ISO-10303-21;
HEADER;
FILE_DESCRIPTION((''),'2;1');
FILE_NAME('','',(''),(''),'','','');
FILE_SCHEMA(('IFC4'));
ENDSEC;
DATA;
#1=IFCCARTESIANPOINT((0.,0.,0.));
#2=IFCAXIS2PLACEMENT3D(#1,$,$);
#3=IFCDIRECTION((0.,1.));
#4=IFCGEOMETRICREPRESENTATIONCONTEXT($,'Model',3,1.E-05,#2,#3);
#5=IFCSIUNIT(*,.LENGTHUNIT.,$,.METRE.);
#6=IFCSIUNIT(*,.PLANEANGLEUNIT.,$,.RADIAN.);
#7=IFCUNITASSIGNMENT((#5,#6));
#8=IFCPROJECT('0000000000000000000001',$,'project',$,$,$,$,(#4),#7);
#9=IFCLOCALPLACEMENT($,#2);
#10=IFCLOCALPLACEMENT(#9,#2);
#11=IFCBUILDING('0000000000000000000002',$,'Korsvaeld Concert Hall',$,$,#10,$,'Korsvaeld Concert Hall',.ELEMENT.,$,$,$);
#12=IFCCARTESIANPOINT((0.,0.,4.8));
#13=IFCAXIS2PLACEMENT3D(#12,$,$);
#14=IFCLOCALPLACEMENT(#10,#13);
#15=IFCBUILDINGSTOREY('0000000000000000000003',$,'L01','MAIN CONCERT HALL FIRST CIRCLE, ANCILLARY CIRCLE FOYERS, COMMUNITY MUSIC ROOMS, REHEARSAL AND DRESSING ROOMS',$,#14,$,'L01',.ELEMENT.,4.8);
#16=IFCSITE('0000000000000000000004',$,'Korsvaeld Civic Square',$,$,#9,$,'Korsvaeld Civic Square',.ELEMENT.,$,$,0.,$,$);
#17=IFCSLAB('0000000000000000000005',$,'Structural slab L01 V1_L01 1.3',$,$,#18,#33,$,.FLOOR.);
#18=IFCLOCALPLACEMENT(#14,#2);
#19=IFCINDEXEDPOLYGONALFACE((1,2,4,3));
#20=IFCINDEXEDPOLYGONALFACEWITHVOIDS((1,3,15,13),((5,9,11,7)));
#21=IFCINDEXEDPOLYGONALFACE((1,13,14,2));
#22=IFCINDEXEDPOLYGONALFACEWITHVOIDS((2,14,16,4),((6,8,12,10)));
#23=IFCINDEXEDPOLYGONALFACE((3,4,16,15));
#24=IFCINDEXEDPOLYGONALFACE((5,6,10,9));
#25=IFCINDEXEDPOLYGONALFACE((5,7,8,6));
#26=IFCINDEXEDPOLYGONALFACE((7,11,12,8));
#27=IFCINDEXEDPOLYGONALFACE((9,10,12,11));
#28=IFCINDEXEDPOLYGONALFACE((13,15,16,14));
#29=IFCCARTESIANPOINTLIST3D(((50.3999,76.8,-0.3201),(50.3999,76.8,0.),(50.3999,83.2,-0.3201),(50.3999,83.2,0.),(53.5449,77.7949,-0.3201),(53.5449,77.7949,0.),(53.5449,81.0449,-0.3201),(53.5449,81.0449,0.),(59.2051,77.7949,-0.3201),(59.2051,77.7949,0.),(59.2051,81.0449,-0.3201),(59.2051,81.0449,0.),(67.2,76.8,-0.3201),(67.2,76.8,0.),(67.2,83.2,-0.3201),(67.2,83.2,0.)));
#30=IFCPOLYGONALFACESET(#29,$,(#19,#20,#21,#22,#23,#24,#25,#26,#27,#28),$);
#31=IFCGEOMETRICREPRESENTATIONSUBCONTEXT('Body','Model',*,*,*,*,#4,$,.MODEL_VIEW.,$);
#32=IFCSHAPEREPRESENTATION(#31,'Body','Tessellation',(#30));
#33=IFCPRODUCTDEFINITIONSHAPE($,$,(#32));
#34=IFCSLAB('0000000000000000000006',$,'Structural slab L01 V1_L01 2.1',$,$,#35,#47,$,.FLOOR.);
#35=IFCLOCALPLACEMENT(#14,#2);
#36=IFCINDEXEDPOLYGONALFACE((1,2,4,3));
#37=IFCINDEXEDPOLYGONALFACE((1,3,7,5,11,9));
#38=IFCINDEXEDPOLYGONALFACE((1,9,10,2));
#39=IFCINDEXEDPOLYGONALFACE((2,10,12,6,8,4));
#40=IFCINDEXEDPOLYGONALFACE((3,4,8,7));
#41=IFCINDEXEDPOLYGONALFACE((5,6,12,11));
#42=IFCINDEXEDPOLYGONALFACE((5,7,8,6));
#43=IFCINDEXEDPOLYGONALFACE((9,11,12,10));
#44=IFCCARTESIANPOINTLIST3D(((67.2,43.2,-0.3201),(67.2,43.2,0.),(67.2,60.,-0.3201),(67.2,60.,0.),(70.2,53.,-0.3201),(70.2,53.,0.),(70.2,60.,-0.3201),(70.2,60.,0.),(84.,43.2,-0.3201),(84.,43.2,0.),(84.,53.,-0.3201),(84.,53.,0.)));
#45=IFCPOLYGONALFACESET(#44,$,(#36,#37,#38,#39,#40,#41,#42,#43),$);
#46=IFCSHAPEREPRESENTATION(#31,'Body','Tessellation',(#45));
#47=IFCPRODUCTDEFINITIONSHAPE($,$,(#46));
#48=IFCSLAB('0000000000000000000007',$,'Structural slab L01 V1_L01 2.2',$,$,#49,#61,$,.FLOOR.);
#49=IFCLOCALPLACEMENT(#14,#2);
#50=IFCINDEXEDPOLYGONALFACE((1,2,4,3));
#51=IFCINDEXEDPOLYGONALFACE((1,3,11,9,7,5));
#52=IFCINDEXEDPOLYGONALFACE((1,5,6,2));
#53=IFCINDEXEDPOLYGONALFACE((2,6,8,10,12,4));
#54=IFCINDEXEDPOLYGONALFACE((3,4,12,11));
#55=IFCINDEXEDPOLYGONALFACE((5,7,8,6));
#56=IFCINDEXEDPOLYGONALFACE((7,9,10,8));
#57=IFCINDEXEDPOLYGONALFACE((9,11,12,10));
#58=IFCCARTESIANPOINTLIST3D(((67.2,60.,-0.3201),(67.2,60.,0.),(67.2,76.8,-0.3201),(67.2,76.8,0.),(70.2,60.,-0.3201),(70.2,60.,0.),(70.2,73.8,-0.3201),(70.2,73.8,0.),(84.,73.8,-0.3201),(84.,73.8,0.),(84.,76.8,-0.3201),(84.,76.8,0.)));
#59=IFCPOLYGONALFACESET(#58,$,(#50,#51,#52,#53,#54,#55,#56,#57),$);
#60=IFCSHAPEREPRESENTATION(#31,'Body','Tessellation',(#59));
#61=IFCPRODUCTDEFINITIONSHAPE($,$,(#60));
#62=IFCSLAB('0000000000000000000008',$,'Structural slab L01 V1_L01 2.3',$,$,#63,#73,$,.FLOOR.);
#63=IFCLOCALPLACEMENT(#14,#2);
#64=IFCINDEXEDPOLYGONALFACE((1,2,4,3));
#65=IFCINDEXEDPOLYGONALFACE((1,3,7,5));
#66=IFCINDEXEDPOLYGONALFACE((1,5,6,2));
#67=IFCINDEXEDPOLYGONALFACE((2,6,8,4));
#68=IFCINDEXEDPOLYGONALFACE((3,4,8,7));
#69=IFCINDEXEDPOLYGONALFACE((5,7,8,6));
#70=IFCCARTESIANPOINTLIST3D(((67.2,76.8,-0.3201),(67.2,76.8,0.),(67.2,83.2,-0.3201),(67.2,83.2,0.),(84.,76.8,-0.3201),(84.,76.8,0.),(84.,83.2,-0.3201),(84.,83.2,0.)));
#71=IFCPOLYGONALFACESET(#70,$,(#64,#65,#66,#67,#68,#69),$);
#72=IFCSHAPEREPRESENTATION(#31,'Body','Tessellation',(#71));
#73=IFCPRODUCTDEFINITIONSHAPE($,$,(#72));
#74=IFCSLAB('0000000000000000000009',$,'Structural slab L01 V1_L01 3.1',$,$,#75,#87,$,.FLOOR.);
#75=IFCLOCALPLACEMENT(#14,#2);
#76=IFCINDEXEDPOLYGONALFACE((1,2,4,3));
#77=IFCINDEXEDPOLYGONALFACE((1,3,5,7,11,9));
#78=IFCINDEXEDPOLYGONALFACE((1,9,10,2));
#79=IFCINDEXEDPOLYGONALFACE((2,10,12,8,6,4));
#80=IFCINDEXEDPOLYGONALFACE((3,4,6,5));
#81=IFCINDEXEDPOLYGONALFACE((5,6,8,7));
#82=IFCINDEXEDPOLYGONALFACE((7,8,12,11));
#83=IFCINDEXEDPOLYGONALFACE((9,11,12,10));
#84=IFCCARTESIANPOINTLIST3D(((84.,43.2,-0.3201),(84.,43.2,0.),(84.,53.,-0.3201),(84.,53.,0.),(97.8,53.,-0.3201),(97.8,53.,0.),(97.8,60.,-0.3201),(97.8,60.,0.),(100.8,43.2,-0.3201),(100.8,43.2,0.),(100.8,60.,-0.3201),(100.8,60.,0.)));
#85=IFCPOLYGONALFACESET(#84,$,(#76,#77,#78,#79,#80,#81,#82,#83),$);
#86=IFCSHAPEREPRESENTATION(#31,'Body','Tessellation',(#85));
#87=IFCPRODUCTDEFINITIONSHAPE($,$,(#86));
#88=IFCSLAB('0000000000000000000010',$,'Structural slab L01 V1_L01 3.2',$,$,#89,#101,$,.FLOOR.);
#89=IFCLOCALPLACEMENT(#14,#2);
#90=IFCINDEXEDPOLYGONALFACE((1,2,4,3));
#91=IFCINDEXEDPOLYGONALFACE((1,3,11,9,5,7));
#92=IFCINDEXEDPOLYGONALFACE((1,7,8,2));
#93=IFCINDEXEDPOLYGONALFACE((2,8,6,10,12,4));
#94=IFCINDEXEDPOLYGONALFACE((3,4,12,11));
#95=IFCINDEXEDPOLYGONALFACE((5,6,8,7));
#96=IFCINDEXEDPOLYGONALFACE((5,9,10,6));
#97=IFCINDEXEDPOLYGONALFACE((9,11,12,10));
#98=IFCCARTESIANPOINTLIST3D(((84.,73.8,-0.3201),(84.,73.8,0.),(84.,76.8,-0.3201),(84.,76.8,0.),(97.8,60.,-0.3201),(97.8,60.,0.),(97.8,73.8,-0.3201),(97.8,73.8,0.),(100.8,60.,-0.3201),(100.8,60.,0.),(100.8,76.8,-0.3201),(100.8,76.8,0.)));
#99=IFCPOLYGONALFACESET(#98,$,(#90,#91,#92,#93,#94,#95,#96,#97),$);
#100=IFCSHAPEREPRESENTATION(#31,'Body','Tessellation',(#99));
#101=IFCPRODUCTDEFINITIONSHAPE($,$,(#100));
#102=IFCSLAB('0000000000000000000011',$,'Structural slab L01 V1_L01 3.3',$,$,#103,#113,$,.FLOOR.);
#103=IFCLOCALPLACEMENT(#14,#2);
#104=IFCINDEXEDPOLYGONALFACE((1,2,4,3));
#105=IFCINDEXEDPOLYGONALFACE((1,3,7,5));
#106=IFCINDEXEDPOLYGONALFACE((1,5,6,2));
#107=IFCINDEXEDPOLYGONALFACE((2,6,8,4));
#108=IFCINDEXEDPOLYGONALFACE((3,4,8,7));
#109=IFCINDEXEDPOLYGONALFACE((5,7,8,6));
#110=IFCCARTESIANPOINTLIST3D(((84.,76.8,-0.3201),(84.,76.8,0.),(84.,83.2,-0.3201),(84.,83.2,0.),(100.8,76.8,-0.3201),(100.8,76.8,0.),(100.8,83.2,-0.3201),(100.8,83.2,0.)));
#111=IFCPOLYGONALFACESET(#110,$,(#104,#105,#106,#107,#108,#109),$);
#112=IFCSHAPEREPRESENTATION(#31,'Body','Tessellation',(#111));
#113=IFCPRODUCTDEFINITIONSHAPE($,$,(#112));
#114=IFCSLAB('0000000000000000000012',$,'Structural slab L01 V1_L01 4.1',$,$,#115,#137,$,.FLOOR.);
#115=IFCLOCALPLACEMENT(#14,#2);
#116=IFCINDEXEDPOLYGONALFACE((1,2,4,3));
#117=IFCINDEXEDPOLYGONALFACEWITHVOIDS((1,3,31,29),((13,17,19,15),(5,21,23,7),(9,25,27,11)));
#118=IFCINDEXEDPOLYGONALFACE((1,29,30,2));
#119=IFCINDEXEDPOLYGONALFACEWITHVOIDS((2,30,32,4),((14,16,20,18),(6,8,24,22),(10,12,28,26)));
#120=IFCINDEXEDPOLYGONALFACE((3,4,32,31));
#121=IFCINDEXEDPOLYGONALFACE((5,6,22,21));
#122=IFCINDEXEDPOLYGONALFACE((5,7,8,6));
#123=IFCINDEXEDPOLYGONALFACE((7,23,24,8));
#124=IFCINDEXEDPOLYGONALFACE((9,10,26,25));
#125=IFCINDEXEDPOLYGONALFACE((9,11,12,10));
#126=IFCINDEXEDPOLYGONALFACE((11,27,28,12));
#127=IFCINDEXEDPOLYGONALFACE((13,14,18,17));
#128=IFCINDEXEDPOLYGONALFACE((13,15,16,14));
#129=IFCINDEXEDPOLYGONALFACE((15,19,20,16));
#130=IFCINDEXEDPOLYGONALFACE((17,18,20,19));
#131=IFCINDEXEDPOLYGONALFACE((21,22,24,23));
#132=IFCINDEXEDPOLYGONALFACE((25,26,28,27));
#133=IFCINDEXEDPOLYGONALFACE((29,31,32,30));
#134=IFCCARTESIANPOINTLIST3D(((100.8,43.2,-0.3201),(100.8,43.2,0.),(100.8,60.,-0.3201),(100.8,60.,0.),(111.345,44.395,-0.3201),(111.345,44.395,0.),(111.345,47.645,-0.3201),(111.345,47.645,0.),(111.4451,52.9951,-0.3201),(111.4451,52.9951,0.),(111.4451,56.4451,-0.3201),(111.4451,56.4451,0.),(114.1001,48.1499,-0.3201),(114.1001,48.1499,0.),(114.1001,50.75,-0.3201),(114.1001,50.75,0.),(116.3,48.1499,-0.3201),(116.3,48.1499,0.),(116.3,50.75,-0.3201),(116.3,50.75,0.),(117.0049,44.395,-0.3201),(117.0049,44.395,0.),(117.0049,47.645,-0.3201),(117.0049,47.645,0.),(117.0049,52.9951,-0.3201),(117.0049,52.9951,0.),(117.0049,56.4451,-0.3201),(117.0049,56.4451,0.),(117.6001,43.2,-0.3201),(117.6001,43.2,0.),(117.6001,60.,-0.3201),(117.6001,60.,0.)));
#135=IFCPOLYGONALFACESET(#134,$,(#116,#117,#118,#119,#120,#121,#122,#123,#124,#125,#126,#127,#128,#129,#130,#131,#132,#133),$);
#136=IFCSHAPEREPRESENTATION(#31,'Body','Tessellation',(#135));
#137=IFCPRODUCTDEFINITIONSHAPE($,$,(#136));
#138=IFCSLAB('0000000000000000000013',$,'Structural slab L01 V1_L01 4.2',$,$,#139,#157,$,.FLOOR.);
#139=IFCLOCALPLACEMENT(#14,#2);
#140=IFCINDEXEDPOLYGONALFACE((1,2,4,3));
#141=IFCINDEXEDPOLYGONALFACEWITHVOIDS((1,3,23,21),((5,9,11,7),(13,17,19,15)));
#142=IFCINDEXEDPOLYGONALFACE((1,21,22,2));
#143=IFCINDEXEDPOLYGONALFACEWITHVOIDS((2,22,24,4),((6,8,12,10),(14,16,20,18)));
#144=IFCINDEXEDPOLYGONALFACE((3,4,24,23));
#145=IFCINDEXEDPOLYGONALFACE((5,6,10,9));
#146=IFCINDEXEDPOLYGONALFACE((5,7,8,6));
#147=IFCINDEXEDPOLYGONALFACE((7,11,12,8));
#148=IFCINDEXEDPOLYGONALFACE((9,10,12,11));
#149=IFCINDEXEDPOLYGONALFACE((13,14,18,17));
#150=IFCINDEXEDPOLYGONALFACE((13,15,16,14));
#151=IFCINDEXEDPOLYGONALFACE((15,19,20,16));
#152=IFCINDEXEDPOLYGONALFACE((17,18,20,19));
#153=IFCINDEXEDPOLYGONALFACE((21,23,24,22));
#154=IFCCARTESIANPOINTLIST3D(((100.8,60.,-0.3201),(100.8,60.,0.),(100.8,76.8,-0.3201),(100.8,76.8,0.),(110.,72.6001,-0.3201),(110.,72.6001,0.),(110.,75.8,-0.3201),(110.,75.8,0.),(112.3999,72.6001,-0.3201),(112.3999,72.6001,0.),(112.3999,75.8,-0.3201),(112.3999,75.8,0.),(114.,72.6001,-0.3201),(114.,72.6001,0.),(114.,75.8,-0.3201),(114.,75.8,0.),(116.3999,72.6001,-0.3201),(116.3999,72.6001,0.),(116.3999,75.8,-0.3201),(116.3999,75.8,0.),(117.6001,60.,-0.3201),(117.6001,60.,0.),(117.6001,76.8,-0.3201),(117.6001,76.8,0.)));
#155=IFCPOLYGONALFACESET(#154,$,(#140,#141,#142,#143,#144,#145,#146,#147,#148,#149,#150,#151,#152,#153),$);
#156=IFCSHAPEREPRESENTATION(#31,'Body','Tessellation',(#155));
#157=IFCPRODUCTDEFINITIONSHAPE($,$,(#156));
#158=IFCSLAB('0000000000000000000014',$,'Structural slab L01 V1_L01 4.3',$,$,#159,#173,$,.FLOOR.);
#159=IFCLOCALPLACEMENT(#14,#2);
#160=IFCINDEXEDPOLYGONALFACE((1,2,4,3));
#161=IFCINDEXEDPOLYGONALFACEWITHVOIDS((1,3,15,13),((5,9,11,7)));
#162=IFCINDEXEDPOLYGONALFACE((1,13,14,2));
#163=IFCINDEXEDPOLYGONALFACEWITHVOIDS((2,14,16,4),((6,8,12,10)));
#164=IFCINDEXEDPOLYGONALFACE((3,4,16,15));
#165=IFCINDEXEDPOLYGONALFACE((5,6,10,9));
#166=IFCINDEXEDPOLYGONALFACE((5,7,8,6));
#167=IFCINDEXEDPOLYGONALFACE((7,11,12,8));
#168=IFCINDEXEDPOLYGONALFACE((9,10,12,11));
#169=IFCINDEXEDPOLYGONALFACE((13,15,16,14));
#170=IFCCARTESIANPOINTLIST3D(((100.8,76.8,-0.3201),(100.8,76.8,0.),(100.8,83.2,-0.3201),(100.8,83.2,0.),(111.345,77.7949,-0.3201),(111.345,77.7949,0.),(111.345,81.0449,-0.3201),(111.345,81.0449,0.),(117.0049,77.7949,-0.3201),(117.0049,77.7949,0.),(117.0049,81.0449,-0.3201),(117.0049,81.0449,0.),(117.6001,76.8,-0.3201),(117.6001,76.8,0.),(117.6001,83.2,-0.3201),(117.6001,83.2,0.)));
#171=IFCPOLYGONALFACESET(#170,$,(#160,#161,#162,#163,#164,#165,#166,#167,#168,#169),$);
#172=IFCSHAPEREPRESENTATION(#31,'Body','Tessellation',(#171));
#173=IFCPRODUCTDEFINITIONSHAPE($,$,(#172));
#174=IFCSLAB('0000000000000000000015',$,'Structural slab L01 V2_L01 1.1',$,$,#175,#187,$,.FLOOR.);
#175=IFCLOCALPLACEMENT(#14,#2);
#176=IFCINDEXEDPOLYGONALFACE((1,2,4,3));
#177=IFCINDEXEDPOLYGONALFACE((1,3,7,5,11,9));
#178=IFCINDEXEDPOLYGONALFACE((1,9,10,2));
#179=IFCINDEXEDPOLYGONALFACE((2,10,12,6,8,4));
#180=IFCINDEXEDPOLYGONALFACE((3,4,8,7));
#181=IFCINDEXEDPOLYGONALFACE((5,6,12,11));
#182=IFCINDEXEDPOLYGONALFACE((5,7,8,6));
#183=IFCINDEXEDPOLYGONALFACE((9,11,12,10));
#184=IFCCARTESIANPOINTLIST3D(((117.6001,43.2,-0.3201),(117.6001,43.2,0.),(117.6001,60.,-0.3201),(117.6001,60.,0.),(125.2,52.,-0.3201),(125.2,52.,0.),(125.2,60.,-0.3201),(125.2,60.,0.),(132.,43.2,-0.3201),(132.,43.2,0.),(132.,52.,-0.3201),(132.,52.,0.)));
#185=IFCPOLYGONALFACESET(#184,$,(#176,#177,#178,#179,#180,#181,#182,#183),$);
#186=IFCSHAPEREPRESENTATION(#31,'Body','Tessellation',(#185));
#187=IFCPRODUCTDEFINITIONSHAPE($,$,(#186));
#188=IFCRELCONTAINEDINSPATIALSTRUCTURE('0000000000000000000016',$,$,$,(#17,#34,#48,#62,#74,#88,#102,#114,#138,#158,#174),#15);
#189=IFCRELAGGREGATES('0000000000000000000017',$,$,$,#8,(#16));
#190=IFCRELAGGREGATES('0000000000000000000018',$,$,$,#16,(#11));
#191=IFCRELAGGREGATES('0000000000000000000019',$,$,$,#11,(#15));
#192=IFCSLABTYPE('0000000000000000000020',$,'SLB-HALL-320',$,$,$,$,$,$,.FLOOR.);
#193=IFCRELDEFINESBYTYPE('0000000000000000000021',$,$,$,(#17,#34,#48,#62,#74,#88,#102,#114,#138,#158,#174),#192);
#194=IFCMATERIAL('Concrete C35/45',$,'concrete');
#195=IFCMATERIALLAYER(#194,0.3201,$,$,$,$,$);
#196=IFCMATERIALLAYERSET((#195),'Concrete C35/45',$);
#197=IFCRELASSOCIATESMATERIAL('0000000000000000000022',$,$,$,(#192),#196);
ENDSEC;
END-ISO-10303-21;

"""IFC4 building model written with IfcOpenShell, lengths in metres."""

from ifc_helpers import new_model, si_unit, direction, frame, origin, place, context, subcontext, project, spatial, polyline, outline, extrude, material, layer, layer_set, type_object, element, save


model = new_model("IFC4")

# Units and contexts
model_context = context("Model", 3, precision=1e-05, world=origin(), true_north=direction((0.0, 1.0)))
body_context = subcontext(model_context, "Body", "Model", "MODEL_VIEW")
ifc_project = project(units=[si_unit("LENGTHUNIT", "METRE"), si_unit("PLANEANGLEUNIT", "RADIAN")], contexts=[model_context])

# Site, building, storey
site_placement = place(None, origin())
site = spatial("IfcSite", under=ifc_project, at=site_placement, Name="Korsvaeld Civic Square", LongName="Korsvaeld Civic Square", CompositionType="ELEMENT", RefElevation=0.0)
building_placement = place(site_placement, origin())
building = spatial("IfcBuilding", under=site, at=building_placement, Name="Korsvaeld Concert Hall", LongName="Korsvaeld Concert Hall", CompositionType="ELEMENT")
storey_placement = place(building_placement, frame((0.0, 0.0, 4.8)))
storey = spatial("IfcBuildingStorey", under=building, at=storey_placement, Name="L01", Description="MAIN CONCERT HALL FIRST CIRCLE, ANCILLARY CIRCLE FOYERS, COMMUNITY MUSIC ROOMS, REHEARSAL AND DRESSING ROOMS", LongName="L01", CompositionType="ELEMENT", Elevation=4.8)

# Slabs
ifc_material = material(Name="Concrete C35/45", Category="concrete")
ifc_layer_1 = layer(ifc_material, 0.3201)
ifc_layer_set_1 = layer_set([ifc_layer_1], Name="Concrete C35/45")
slab_type_1 = type_object("IfcSlabType", Name="SLB-HALL-320", PredefinedType="FLOOR", material=ifc_layer_set_1)
slab_1_placement = place(storey_placement, frame((0.0, 0.0, -0.3201)))
element("IfcSlab", 1, at=slab_1_placement, inside=storey, type_object=slab_type_1, Name="Structural slab L01 V1_L01 1.3", PredefinedType="FLOOR", context=body_context, shape_type="SweptSolid", body=[
    extrude(outline(polyline([(50.3999, 76.8), (50.3999, 83.2), (67.2, 83.2), (67.2, 76.8), (50.3999, 76.8)]), holes=[polyline([(53.5449, 77.7949), (59.2051, 77.7949), (59.2051, 81.0449), (53.5449, 81.0449), (53.5449, 77.7949)])]), origin(), (0.0, 0.0, 1.0), 0.3201),
])
slab_2_placement = place(storey_placement, frame((0.0, 0.0, -0.3201)))
element("IfcSlab", 2, at=slab_2_placement, inside=storey, type_object=slab_type_1, Name="Structural slab L01 V1_L01 2.1", PredefinedType="FLOOR", context=body_context, shape_type="SweptSolid", body=[
    extrude(outline(polyline([(84.0, 43.2), (67.2, 43.2), (67.2, 60.0), (70.2, 60.0), (70.2, 53.0), (84.0, 53.0), (84.0, 43.2)])), origin(), (0.0, 0.0, 1.0), 0.3201),
])
slab_3_placement = place(storey_placement, frame((0.0, 0.0, -0.3201)))
element("IfcSlab", 3, at=slab_3_placement, inside=storey, type_object=slab_type_1, Name="Structural slab L01 V1_L01 2.2", PredefinedType="FLOOR", context=body_context, shape_type="SweptSolid", body=[
    extrude(outline(polyline([(67.2, 60.0), (67.2, 76.8), (84.0, 76.8), (84.0, 73.8), (70.2, 73.8), (70.2, 60.0), (67.2, 60.0)])), origin(), (0.0, 0.0, 1.0), 0.3201),
])
slab_4_placement = place(storey_placement, frame((0.0, 0.0, -0.3201)))
element("IfcSlab", 4, at=slab_4_placement, inside=storey, type_object=slab_type_1, Name="Structural slab L01 V1_L01 2.3", PredefinedType="FLOOR", context=body_context, shape_type="SweptSolid", body=[
    extrude(outline(polyline([(67.2, 76.8), (67.2, 83.2), (84.0, 83.2), (84.0, 76.8), (67.2, 76.8)])), origin(), (0.0, 0.0, 1.0), 0.3201),
])
slab_5_placement = place(storey_placement, frame((0.0, 0.0, -0.3201)))
element("IfcSlab", 5, at=slab_5_placement, inside=storey, type_object=slab_type_1, Name="Structural slab L01 V1_L01 3.1", PredefinedType="FLOOR", context=body_context, shape_type="SweptSolid", body=[
    extrude(outline(polyline([(100.8, 60.0), (100.8, 43.2), (84.0, 43.2), (84.0, 53.0), (97.8, 53.0), (97.8, 60.0), (100.8, 60.0)])), origin(), (0.0, 0.0, 1.0), 0.3201),
])
slab_6_placement = place(storey_placement, frame((0.0, 0.0, -0.3201)))
element("IfcSlab", 6, at=slab_6_placement, inside=storey, type_object=slab_type_1, Name="Structural slab L01 V1_L01 3.2", PredefinedType="FLOOR", context=body_context, shape_type="SweptSolid", body=[
    extrude(outline(polyline([(84.0, 76.8), (100.8, 76.8), (100.8, 60.0), (97.8, 60.0), (97.8, 73.8), (84.0, 73.8), (84.0, 76.8)])), origin(), (0.0, 0.0, 1.0), 0.3201),
])
slab_7_placement = place(storey_placement, frame((0.0, 0.0, -0.3201)))
element("IfcSlab", 7, at=slab_7_placement, inside=storey, type_object=slab_type_1, Name="Structural slab L01 V1_L01 3.3", PredefinedType="FLOOR", context=body_context, shape_type="SweptSolid", body=[
    extrude(outline(polyline([(84.0, 76.8), (84.0, 83.2), (100.8, 83.2), (100.8, 76.8), (84.0, 76.8)])), origin(), (0.0, 0.0, 1.0), 0.3201),
])
slab_8_placement = place(storey_placement, frame((0.0, 0.0, -0.3201)))
element("IfcSlab", 8, at=slab_8_placement, inside=storey, type_object=slab_type_1, Name="Structural slab L01 V1_L01 4.1", PredefinedType="FLOOR", context=body_context, shape_type="SweptSolid", body=[
    extrude(outline(polyline([(100.8, 43.2), (100.8, 60.0), (117.6001, 60.0), (117.6001, 43.2), (100.8, 43.2)]), holes=[polyline([(111.345, 44.395), (117.0049, 44.395), (117.0049, 47.645), (111.345, 47.645), (111.345, 44.395)]), polyline([(116.3, 50.75), (114.1001, 50.75), (114.1001, 48.1499), (116.3, 48.1499), (116.3, 50.75)]), polyline([(111.4451, 52.9951), (117.0049, 52.9951), (117.0049, 56.4451), (111.4451, 56.4451), (111.4451, 52.9951)])]), origin(), (0.0, 0.0, 1.0), 0.3201),
])
slab_9_placement = place(storey_placement, frame((0.0, 0.0, -0.3201)))
element("IfcSlab", 9, at=slab_9_placement, inside=storey, type_object=slab_type_1, Name="Structural slab L01 V1_L01 4.2", PredefinedType="FLOOR", context=body_context, shape_type="SweptSolid", body=[
    extrude(outline(polyline([(100.8, 60.0), (100.8, 76.8), (117.6001, 76.8), (117.6001, 60.0), (100.8, 60.0)]), holes=[polyline([(112.3999, 72.6001), (112.3999, 75.8), (110.0, 75.8), (110.0, 72.6001), (112.3999, 72.6001)]), polyline([(116.3999, 72.6001), (116.3999, 75.8), (114.0, 75.8), (114.0, 72.6001), (116.3999, 72.6001)])]), origin(), (0.0, 0.0, 1.0), 0.3201),
])
slab_10_placement = place(storey_placement, frame((0.0, 0.0, -0.3201)))
element("IfcSlab", 10, at=slab_10_placement, inside=storey, type_object=slab_type_1, Name="Structural slab L01 V1_L01 4.3", PredefinedType="FLOOR", context=body_context, shape_type="SweptSolid", body=[
    extrude(outline(polyline([(100.8, 76.8), (100.8, 83.2), (117.6001, 83.2), (117.6001, 76.8), (100.8, 76.8)]), holes=[polyline([(117.0049, 77.7949), (117.0049, 81.0449), (111.345, 81.0449), (111.345, 77.7949), (117.0049, 77.7949)])]), origin(), (0.0, 0.0, 1.0), 0.3201),
])
slab_11_placement = place(storey_placement, frame((0.0, 0.0, -0.3201)))
element("IfcSlab", 11, at=slab_11_placement, inside=storey, type_object=slab_type_1, Name="Structural slab L01 V2_L01 1.1", PredefinedType="FLOOR", context=body_context, shape_type="SweptSolid", body=[
    extrude(outline(polyline([(132.0, 43.2), (117.6001, 43.2), (117.6001, 60.0), (125.2, 60.0), (125.2, 52.0), (132.0, 52.0), (132.0, 43.2)])), origin(), (0.0, 0.0, 1.0), 0.3201),
])

save(model, "model.ifc")
